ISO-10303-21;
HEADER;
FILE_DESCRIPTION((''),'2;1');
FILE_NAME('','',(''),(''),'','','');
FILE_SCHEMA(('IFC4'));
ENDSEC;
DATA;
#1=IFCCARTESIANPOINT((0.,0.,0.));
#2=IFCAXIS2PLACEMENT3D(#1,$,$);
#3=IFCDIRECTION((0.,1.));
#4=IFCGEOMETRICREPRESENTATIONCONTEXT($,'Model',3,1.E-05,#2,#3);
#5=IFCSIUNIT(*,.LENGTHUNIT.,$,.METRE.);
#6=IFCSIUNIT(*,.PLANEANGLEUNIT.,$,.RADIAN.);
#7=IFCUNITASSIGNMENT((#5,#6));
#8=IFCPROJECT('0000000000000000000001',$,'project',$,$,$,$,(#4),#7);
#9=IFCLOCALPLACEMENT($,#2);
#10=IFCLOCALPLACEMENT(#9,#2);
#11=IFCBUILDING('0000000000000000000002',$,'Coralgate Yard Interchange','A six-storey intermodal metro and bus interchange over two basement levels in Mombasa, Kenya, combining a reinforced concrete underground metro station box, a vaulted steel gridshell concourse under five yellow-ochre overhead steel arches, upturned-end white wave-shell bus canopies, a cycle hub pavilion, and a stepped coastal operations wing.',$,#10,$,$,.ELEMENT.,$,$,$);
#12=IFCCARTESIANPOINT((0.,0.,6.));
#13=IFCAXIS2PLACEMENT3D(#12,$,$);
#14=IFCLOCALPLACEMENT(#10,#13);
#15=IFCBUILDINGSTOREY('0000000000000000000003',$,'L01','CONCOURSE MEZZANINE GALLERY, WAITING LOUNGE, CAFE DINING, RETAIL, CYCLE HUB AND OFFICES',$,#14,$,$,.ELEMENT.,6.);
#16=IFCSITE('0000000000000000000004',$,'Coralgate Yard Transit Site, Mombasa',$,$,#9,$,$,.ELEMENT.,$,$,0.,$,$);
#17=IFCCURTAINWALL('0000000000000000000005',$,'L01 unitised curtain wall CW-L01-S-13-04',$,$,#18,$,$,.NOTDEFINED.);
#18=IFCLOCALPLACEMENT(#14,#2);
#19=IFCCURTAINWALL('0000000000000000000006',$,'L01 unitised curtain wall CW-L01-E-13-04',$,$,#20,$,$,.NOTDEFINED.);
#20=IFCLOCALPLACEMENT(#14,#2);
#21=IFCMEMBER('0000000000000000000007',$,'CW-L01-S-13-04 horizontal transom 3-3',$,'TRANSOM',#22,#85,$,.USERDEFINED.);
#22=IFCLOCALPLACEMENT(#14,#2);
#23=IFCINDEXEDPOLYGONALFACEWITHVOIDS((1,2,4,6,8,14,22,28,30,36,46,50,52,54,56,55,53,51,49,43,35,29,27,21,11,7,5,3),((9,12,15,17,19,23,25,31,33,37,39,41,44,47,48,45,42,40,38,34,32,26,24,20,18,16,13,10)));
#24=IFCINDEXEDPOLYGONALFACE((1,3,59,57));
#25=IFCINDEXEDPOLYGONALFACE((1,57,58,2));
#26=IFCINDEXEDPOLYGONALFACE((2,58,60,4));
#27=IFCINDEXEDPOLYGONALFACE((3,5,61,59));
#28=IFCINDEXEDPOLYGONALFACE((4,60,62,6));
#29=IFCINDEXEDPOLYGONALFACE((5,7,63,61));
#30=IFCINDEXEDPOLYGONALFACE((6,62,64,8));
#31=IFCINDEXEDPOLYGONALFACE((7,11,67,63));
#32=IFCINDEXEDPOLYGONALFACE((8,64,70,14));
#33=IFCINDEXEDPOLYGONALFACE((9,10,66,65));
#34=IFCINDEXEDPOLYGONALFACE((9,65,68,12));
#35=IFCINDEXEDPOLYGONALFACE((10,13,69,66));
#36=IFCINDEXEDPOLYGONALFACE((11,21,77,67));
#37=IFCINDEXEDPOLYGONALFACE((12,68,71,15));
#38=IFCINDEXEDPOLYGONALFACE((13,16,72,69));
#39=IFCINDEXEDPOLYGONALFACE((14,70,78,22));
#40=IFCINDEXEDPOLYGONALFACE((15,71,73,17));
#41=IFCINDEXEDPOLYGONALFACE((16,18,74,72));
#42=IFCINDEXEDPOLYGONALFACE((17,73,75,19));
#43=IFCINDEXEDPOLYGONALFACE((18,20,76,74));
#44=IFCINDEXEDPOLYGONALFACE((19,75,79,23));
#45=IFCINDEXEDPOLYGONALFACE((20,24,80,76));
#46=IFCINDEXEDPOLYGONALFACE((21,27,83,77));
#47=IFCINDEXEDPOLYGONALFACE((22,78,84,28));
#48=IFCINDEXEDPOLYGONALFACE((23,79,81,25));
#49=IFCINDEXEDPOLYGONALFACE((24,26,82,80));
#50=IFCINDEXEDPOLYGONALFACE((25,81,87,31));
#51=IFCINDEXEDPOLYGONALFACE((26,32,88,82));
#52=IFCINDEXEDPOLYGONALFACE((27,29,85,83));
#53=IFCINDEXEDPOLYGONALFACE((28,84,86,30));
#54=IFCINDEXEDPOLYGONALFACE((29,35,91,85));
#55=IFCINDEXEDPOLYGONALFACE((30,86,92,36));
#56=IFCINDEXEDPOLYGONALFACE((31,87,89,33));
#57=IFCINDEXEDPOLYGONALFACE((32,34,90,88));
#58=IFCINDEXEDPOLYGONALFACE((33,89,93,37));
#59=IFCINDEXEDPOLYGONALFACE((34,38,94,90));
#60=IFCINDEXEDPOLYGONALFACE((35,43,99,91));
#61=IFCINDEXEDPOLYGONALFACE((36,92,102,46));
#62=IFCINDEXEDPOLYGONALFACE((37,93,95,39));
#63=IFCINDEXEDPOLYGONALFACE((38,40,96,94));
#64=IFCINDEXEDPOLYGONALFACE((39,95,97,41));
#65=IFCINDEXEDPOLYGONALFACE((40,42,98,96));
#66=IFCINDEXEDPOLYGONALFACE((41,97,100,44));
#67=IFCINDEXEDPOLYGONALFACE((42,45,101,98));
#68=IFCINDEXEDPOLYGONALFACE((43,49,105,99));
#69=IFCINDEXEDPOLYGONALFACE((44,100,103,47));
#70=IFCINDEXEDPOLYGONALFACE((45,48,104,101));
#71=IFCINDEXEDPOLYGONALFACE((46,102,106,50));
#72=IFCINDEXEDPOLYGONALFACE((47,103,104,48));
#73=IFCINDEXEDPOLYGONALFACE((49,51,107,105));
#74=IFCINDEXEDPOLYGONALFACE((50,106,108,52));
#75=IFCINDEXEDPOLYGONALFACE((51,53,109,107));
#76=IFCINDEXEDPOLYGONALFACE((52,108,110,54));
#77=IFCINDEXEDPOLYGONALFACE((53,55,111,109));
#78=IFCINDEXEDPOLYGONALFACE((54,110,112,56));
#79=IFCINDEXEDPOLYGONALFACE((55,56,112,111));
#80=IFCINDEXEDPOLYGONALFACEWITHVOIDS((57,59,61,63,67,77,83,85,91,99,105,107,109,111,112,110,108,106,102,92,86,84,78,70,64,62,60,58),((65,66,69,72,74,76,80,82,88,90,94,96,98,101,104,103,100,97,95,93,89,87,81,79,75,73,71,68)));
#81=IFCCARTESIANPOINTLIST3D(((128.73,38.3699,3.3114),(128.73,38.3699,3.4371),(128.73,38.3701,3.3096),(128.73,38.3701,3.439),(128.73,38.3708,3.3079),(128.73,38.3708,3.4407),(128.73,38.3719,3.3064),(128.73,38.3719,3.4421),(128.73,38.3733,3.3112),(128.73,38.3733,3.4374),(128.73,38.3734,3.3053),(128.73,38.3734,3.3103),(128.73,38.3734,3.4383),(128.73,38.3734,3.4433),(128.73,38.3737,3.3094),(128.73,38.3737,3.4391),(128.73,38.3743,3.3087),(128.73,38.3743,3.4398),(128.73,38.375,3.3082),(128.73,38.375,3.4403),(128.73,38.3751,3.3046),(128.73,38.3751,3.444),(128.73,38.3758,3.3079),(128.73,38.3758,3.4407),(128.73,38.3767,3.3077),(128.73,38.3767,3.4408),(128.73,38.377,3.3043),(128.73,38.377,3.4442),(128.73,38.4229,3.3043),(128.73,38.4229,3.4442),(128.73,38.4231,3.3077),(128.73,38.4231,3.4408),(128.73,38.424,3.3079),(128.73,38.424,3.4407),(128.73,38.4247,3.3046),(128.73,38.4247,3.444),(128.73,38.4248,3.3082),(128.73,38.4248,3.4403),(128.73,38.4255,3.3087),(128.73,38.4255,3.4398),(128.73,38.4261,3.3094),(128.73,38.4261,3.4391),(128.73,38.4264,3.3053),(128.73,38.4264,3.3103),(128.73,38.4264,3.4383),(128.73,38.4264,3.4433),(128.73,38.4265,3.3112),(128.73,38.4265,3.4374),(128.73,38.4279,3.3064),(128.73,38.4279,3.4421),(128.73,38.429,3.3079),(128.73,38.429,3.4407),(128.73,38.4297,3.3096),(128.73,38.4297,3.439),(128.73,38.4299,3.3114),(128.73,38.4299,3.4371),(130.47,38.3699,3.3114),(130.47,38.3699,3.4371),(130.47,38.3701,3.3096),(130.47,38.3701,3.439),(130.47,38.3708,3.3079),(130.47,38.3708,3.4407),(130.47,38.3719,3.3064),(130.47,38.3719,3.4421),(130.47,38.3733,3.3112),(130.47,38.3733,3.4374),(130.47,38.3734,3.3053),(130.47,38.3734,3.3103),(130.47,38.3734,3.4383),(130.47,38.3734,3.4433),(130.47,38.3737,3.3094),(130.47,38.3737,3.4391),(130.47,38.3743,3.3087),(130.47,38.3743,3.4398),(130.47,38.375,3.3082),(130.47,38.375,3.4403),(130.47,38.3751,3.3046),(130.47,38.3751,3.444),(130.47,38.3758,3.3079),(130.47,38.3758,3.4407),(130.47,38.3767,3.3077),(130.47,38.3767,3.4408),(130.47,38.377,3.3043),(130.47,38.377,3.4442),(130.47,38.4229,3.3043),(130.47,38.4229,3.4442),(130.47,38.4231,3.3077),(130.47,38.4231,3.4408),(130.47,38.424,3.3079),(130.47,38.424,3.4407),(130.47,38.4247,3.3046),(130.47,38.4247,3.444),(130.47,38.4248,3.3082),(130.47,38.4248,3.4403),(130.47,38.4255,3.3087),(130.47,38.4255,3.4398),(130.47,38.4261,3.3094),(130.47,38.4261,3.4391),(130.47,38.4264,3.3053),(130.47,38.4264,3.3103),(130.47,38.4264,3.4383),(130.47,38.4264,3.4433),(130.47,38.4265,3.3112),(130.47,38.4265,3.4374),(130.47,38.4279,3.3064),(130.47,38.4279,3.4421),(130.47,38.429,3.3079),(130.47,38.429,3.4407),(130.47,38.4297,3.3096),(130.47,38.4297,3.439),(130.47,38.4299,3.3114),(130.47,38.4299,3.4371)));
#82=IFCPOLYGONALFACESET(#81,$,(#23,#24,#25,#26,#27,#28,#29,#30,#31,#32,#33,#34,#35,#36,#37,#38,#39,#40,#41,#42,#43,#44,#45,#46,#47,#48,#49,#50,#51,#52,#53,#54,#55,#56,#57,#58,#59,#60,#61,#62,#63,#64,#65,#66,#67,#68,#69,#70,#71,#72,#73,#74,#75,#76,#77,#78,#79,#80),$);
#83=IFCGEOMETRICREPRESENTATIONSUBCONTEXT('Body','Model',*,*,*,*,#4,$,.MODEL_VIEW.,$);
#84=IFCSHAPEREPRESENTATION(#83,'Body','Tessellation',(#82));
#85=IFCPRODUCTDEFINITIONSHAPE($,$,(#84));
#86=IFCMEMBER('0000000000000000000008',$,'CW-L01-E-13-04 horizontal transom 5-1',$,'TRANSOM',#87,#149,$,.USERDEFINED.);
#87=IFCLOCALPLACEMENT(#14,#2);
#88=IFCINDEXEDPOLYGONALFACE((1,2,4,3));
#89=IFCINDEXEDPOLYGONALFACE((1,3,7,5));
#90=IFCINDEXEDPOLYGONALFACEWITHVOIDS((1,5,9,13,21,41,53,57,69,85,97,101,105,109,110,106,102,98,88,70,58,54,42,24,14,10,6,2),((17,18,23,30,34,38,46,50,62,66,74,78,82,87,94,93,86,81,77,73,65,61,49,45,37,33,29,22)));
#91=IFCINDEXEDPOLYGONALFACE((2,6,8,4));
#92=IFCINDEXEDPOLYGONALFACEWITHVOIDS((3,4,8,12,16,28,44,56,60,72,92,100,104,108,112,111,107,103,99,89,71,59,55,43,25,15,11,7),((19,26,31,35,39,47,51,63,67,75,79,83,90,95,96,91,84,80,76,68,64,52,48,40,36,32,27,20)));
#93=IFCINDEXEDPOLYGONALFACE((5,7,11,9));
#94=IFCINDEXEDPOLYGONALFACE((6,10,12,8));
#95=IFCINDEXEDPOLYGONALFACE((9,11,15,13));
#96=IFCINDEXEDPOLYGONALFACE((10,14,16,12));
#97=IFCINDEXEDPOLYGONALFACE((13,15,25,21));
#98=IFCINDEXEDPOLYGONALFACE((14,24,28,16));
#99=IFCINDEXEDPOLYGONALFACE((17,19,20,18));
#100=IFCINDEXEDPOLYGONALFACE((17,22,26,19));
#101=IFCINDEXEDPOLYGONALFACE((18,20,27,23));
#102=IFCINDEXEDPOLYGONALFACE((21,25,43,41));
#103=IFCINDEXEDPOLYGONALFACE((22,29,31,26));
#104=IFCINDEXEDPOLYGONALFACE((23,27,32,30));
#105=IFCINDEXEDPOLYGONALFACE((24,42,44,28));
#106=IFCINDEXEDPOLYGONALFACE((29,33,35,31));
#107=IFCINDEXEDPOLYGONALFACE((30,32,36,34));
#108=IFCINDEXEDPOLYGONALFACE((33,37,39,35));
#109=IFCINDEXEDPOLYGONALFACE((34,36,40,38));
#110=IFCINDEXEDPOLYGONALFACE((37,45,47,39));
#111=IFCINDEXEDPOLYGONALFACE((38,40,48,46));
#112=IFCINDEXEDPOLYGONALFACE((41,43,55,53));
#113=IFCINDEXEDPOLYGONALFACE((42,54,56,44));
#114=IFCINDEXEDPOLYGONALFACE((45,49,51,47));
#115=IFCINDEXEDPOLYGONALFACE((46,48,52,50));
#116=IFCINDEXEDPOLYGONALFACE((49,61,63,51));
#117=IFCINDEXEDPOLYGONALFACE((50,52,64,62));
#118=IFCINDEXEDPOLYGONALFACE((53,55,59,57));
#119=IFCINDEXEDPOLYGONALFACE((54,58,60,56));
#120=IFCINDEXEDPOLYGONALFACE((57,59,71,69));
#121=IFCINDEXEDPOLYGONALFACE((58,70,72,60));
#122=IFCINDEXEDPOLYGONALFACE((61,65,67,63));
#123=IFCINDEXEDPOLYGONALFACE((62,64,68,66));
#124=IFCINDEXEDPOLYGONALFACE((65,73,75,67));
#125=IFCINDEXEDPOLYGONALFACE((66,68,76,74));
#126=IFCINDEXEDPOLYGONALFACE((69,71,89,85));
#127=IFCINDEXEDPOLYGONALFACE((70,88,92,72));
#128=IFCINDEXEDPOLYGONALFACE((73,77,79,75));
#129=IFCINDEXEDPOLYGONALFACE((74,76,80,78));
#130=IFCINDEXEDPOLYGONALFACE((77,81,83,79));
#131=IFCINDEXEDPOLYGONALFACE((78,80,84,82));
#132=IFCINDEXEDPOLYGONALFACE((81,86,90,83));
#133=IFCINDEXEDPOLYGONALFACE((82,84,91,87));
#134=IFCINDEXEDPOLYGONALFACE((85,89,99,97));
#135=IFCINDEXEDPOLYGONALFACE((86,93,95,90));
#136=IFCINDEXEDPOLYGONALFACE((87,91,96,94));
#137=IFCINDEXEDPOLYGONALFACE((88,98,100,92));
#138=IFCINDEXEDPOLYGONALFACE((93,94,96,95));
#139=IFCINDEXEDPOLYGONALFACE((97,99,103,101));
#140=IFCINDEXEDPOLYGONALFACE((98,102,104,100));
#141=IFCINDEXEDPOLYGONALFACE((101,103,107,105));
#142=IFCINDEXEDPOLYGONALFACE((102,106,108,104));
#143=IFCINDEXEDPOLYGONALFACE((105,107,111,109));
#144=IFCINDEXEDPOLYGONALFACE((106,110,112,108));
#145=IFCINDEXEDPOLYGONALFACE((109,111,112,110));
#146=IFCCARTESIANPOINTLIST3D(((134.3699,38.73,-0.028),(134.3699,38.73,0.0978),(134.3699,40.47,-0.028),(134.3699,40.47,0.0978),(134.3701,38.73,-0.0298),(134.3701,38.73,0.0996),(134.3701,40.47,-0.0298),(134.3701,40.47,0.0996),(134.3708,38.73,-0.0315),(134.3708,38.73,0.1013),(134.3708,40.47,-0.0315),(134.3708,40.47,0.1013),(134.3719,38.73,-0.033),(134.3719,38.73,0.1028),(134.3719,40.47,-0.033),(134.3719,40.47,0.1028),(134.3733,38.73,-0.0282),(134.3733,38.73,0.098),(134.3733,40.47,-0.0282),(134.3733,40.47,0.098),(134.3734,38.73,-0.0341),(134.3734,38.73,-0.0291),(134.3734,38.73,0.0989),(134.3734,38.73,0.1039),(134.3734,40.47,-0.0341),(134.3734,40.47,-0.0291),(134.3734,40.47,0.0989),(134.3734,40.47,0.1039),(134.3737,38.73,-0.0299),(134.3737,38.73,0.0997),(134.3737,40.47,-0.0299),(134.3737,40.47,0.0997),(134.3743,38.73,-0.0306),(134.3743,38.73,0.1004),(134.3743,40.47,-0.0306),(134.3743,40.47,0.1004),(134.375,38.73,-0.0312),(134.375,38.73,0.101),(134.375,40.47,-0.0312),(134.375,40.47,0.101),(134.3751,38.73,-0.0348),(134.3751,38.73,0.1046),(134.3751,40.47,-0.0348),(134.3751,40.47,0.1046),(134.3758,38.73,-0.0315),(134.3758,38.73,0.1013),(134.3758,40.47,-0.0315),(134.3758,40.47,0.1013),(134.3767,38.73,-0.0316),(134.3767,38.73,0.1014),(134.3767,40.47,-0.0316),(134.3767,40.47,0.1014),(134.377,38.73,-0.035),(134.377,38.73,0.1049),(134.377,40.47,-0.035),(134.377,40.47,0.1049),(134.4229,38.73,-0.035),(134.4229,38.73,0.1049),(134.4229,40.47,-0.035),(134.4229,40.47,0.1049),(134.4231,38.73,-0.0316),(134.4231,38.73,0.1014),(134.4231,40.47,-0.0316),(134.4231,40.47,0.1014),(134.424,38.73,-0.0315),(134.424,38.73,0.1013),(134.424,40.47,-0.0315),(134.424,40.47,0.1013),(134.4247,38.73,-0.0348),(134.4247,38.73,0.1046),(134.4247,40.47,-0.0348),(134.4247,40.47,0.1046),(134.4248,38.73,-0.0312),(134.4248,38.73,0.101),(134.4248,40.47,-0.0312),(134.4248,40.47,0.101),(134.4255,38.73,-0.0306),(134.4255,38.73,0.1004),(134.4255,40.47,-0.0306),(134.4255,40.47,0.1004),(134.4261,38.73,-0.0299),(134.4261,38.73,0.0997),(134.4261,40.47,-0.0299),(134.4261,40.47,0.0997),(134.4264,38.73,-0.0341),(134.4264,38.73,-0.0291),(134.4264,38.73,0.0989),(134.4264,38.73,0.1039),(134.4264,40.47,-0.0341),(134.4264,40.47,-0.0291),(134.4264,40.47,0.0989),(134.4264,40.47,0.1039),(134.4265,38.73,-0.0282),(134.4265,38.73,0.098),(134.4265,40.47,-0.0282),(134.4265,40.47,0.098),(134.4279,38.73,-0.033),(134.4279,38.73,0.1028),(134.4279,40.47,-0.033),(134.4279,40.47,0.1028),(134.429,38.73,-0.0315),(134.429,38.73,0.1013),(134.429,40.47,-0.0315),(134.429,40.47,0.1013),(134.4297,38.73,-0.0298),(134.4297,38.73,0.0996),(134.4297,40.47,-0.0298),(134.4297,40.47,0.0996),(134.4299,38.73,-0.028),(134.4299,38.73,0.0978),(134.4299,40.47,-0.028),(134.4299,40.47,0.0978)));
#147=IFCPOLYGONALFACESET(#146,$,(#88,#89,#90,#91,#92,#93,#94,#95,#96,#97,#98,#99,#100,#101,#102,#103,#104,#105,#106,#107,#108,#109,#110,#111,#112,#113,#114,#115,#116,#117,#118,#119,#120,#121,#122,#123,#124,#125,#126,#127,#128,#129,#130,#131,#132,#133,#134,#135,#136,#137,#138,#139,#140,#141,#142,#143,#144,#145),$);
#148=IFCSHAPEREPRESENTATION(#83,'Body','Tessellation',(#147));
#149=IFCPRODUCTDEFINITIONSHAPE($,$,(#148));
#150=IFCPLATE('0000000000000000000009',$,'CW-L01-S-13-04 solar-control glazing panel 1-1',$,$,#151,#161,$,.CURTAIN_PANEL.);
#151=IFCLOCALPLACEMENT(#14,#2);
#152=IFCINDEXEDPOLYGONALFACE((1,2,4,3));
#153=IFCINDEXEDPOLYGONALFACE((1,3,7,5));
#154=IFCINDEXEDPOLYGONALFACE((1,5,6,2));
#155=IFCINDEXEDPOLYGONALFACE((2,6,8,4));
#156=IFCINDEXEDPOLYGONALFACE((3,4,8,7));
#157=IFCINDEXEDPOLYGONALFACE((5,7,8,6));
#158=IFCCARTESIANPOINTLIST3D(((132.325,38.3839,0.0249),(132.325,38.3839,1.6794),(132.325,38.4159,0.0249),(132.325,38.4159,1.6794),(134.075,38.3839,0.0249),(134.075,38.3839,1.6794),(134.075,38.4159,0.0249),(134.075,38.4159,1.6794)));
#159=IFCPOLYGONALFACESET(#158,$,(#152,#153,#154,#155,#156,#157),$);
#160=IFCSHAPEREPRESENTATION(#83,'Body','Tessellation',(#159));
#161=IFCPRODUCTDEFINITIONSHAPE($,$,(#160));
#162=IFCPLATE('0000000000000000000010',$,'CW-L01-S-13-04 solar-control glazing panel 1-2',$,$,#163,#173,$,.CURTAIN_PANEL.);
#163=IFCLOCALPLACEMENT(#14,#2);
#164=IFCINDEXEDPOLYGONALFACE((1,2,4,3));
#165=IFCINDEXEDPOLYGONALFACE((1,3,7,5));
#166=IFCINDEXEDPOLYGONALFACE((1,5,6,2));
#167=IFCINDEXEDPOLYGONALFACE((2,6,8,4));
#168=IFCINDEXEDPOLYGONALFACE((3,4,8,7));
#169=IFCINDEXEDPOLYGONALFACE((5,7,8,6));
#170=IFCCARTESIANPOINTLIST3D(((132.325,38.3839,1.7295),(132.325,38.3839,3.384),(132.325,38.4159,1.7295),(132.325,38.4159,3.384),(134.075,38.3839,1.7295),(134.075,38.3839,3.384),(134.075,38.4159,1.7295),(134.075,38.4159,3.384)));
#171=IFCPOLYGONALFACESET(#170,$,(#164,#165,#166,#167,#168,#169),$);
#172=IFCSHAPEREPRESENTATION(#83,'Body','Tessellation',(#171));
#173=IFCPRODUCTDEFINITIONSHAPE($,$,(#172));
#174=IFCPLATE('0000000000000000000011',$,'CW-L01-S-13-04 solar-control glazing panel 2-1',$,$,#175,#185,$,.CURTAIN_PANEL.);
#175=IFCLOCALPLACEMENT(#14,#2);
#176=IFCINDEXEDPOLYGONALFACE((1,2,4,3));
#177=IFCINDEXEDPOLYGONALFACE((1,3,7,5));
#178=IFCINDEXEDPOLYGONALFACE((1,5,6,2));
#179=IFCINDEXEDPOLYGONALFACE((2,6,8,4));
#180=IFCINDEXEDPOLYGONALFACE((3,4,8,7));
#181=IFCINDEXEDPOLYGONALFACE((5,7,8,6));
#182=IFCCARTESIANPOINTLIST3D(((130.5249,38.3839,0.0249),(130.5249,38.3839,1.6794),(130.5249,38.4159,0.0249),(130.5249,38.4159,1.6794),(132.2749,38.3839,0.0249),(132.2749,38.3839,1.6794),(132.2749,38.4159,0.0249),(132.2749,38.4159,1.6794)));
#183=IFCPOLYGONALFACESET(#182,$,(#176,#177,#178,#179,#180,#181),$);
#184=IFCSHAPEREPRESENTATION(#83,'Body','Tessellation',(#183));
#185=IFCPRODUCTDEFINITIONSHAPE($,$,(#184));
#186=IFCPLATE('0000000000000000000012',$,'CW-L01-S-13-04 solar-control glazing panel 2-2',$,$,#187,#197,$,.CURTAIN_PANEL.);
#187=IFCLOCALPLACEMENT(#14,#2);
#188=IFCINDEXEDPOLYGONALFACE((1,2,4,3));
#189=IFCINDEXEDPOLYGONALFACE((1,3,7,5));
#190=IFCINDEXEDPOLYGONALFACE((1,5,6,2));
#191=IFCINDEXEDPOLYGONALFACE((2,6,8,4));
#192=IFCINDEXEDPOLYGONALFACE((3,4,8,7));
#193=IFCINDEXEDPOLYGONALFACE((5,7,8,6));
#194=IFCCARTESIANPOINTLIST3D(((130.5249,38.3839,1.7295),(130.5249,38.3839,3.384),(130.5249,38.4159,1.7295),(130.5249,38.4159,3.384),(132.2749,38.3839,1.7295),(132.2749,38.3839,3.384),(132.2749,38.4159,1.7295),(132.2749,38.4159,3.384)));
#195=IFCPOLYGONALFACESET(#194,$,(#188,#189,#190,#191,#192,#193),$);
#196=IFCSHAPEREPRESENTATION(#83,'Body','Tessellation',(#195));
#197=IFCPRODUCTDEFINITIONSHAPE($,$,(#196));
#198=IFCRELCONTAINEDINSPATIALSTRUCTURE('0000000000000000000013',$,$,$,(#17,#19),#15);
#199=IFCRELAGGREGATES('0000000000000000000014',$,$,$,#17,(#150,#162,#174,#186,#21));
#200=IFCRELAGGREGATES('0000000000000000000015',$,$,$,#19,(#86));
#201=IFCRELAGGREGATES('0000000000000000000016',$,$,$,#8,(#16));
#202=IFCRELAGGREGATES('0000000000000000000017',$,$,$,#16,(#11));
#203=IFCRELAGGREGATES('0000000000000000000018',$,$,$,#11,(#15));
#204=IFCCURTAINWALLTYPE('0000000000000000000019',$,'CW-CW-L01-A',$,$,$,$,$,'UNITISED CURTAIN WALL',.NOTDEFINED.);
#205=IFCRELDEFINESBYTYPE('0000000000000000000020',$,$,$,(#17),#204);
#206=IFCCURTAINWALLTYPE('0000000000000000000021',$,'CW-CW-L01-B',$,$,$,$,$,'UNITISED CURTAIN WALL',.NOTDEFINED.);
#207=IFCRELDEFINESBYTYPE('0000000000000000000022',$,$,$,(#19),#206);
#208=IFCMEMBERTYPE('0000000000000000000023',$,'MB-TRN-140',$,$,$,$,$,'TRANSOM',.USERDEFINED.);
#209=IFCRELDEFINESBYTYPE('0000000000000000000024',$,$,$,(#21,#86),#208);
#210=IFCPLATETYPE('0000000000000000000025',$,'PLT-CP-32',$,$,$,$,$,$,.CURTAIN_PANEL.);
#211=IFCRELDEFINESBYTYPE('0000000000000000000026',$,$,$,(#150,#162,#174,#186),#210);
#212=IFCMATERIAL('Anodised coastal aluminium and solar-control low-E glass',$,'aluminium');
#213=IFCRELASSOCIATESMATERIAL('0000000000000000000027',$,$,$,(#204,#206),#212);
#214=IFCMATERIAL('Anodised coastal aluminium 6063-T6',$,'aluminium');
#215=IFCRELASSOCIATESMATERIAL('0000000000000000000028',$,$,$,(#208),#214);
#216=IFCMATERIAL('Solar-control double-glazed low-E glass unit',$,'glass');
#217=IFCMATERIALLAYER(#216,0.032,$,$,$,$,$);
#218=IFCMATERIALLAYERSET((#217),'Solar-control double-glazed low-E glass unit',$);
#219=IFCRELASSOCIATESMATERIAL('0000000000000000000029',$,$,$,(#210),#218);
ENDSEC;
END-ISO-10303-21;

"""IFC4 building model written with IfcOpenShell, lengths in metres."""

from ifc_helpers import new_model, si_unit, direction, frame, origin, origin_2d, place, context, subcontext, project, spatial, rectangle, hollow_rectangle, extrude, material, layer, layer_set, material_profile, profile_set, type_object, element, aggregate, save


model = new_model("IFC4")

# Units and contexts
model_context = context("Model", 3, precision=1e-05, world=origin(), true_north=direction((0.0, 1.0)))
body_context = subcontext(model_context, "Body", "Model", "MODEL_VIEW")
ifc_project = project(units=[si_unit("LENGTHUNIT", "METRE"), si_unit("PLANEANGLEUNIT", "RADIAN")], contexts=[model_context])

# Site, building, storey
site_placement = place(None, origin())
site = spatial("IfcSite", under=ifc_project, at=site_placement, Name="Coralgate Yard Transit Site, Mombasa", CompositionType="ELEMENT", RefElevation=0.0)
building_placement = place(site_placement, origin())
building = spatial("IfcBuilding", under=site, at=building_placement, Name="Coralgate Yard Interchange", Description="A six-storey intermodal metro and bus interchange over two basement levels in Mombasa, Kenya, combining a reinforced concrete underground metro station box, a vaulted steel gridshell concourse under five yellow-ochre overhead steel arches, upturned-end white wave-shell bus canopies, a cycle hub pavilion, and a stepped coastal operations wing.", CompositionType="ELEMENT")
storey_placement = place(building_placement, frame((0.0, 0.0, 6.0)))
storey = spatial("IfcBuildingStorey", under=building, at=storey_placement, Name="L01", Description="CONCOURSE MEZZANINE GALLERY, WAITING LOUNGE, CAFE DINING, RETAIL, CYCLE HUB AND OFFICES", CompositionType="ELEMENT", Elevation=6.0)

# Curtain wall
ifc_material_1 = material(Name="Anodised coastal aluminium and solar-control low-E glass", Category="aluminium")
curtain_wall_type_1 = type_object("IfcCurtainWallType", Name="CW-CW-L01-A", ElementType="UNITISED CURTAIN WALL", PredefinedType="NOTDEFINED", material=ifc_material_1)
curtain_wall_1_placement = place(storey_placement, origin())
curtain_wall_1 = element("IfcCurtainWall", 1, at=curtain_wall_1_placement, inside=storey, type_object=curtain_wall_type_1, Name="L01 unitised curtain wall CW-L01-S-13-04", PredefinedType="NOTDEFINED")
ifc_material_2 = material(Name="Anodised coastal aluminium 6063-T6", Category="aluminium")

# Curtain wall
curtain_wall_type_2 = type_object("IfcCurtainWallType", Name="CW-CW-L01-B", ElementType="UNITISED CURTAIN WALL", PredefinedType="NOTDEFINED", material=ifc_material_1)
curtain_wall_2_placement = place(storey_placement, origin())
curtain_wall_2 = element("IfcCurtainWall", 2, at=curtain_wall_2_placement, inside=storey, type_object=curtain_wall_type_2, Name="L01 unitised curtain wall CW-L01-E-13-04", PredefinedType="NOTDEFINED")

# Members
ifc_material_profile_1 = material_profile(ifc_material_2, hollow_rectangle(XDim=0.0601, YDim=0.1399, WallThickness=0.0034, InnerFilletRadius=0.0034, OuterFilletRadius=0.0071, at=origin_2d()), Name="ALU 60x140x3.5")
ifc_profile_set_1 = profile_set([ifc_material_profile_1], Name="Anodised coastal aluminium 6063-T6")
member_type_1 = type_object("IfcMemberType", Name="MB-TRN-140", ElementType="TRANSOM", PredefinedType="USERDEFINED", material=ifc_profile_set_1)
member_1_placement = place(storey_placement, frame((130.47, 38.3999, 3.3743), z_axis=(-1.0, 0.0, 0.0), x_axis=(0.0, -1.0, 0.0)))
member_1 = element("IfcMember", 3, at=member_1_placement, type_object=member_type_1, Name="CW-L01-S-13-04 horizontal transom 3-3", ObjectType="TRANSOM", PredefinedType="USERDEFINED", context=body_context, shape_type="SweptSolid", body=[
    extrude(hollow_rectangle(XDim=0.0601, YDim=0.1399, WallThickness=0.0034, InnerFilletRadius=0.0034, OuterFilletRadius=0.0071, at=origin_2d()), origin(), (0.0, 0.0, 1.0), 1.74),
])
member_2_placement = place(storey_placement, frame((134.3999, 40.47, 0.0349), z_axis=(0.0, -1.0, 0.0), x_axis=(1.0, 0.0, 0.0)))
member_2 = element("IfcMember", 4, at=member_2_placement, type_object=member_type_1, Name="CW-L01-E-13-04 horizontal transom 5-1", ObjectType="TRANSOM", PredefinedType="USERDEFINED", context=body_context, shape_type="SweptSolid", body=[
    extrude(hollow_rectangle(XDim=0.0601, YDim=0.1399, WallThickness=0.0034, InnerFilletRadius=0.0034, OuterFilletRadius=0.0071, at=origin_2d()), origin(), (0.0, 0.0, 1.0), 1.74),
])

# Plates
ifc_material_3 = material(Name="Solar-control double-glazed low-E glass unit", Category="glass")
ifc_layer_1 = layer(ifc_material_3, 0.032)
ifc_layer_set_1 = layer_set([ifc_layer_1], Name="Solar-control double-glazed low-E glass unit")
plate_type = type_object("IfcPlateType", Name="PLT-CP-32", PredefinedType="CURTAIN_PANEL", material=ifc_layer_set_1)
plate_1_placement = place(storey_placement, frame((133.2, 38.3999, 0.0249), z_axis=(0.0, 0.0, 1.0), x_axis=(-1.0, 0.0, 0.0)))
plate_1 = element("IfcPlate", 5, at=plate_1_placement, type_object=plate_type, Name="CW-L01-S-13-04 solar-control glazing panel 1-1", PredefinedType="CURTAIN_PANEL", context=body_context, shape_type="SweptSolid", body=[
    extrude(rectangle(XDim=1.75, YDim=0.032, at=origin_2d()), origin(), (0.0, 0.0, 1.0), 1.6545),
])
plate_2_placement = place(storey_placement, frame((133.2, 38.3999, 1.7295), z_axis=(0.0, 0.0, 1.0), x_axis=(-1.0, 0.0, 0.0)))
plate_2 = element("IfcPlate", 6, at=plate_2_placement, type_object=plate_type, Name="CW-L01-S-13-04 solar-control glazing panel 1-2", PredefinedType="CURTAIN_PANEL", context=body_context, shape_type="SweptSolid", body=[
    extrude(rectangle(XDim=1.75, YDim=0.032, at=origin_2d()), origin(), (0.0, 0.0, 1.0), 1.6545),
])
plate_3_placement = place(storey_placement, frame((131.3999, 38.3999, 0.0249), z_axis=(0.0, 0.0, 1.0), x_axis=(-1.0, 0.0, 0.0)))
plate_3 = element("IfcPlate", 7, at=plate_3_placement, type_object=plate_type, Name="CW-L01-S-13-04 solar-control glazing panel 2-1", PredefinedType="CURTAIN_PANEL", context=body_context, shape_type="SweptSolid", body=[
    extrude(rectangle(XDim=1.75, YDim=0.032, at=origin_2d()), origin(), (0.0, 0.0, 1.0), 1.6545),
])
plate_4_placement = place(storey_placement, frame((131.3999, 38.3999, 1.7295), z_axis=(0.0, 0.0, 1.0), x_axis=(-1.0, 0.0, 0.0)))
plate_4 = element("IfcPlate", 8, at=plate_4_placement, type_object=plate_type, Name="CW-L01-S-13-04 solar-control glazing panel 2-2", PredefinedType="CURTAIN_PANEL", context=body_context, shape_type="SweptSolid", body=[
    extrude(rectangle(XDim=1.75, YDim=0.032, at=origin_2d()), origin(), (0.0, 0.0, 1.0), 1.6545),
])
aggregate(curtain_wall_1, [plate_1, plate_2, plate_3, plate_4, member_1])
aggregate(curtain_wall_2, [member_2])

save(model, "model.ifc")
